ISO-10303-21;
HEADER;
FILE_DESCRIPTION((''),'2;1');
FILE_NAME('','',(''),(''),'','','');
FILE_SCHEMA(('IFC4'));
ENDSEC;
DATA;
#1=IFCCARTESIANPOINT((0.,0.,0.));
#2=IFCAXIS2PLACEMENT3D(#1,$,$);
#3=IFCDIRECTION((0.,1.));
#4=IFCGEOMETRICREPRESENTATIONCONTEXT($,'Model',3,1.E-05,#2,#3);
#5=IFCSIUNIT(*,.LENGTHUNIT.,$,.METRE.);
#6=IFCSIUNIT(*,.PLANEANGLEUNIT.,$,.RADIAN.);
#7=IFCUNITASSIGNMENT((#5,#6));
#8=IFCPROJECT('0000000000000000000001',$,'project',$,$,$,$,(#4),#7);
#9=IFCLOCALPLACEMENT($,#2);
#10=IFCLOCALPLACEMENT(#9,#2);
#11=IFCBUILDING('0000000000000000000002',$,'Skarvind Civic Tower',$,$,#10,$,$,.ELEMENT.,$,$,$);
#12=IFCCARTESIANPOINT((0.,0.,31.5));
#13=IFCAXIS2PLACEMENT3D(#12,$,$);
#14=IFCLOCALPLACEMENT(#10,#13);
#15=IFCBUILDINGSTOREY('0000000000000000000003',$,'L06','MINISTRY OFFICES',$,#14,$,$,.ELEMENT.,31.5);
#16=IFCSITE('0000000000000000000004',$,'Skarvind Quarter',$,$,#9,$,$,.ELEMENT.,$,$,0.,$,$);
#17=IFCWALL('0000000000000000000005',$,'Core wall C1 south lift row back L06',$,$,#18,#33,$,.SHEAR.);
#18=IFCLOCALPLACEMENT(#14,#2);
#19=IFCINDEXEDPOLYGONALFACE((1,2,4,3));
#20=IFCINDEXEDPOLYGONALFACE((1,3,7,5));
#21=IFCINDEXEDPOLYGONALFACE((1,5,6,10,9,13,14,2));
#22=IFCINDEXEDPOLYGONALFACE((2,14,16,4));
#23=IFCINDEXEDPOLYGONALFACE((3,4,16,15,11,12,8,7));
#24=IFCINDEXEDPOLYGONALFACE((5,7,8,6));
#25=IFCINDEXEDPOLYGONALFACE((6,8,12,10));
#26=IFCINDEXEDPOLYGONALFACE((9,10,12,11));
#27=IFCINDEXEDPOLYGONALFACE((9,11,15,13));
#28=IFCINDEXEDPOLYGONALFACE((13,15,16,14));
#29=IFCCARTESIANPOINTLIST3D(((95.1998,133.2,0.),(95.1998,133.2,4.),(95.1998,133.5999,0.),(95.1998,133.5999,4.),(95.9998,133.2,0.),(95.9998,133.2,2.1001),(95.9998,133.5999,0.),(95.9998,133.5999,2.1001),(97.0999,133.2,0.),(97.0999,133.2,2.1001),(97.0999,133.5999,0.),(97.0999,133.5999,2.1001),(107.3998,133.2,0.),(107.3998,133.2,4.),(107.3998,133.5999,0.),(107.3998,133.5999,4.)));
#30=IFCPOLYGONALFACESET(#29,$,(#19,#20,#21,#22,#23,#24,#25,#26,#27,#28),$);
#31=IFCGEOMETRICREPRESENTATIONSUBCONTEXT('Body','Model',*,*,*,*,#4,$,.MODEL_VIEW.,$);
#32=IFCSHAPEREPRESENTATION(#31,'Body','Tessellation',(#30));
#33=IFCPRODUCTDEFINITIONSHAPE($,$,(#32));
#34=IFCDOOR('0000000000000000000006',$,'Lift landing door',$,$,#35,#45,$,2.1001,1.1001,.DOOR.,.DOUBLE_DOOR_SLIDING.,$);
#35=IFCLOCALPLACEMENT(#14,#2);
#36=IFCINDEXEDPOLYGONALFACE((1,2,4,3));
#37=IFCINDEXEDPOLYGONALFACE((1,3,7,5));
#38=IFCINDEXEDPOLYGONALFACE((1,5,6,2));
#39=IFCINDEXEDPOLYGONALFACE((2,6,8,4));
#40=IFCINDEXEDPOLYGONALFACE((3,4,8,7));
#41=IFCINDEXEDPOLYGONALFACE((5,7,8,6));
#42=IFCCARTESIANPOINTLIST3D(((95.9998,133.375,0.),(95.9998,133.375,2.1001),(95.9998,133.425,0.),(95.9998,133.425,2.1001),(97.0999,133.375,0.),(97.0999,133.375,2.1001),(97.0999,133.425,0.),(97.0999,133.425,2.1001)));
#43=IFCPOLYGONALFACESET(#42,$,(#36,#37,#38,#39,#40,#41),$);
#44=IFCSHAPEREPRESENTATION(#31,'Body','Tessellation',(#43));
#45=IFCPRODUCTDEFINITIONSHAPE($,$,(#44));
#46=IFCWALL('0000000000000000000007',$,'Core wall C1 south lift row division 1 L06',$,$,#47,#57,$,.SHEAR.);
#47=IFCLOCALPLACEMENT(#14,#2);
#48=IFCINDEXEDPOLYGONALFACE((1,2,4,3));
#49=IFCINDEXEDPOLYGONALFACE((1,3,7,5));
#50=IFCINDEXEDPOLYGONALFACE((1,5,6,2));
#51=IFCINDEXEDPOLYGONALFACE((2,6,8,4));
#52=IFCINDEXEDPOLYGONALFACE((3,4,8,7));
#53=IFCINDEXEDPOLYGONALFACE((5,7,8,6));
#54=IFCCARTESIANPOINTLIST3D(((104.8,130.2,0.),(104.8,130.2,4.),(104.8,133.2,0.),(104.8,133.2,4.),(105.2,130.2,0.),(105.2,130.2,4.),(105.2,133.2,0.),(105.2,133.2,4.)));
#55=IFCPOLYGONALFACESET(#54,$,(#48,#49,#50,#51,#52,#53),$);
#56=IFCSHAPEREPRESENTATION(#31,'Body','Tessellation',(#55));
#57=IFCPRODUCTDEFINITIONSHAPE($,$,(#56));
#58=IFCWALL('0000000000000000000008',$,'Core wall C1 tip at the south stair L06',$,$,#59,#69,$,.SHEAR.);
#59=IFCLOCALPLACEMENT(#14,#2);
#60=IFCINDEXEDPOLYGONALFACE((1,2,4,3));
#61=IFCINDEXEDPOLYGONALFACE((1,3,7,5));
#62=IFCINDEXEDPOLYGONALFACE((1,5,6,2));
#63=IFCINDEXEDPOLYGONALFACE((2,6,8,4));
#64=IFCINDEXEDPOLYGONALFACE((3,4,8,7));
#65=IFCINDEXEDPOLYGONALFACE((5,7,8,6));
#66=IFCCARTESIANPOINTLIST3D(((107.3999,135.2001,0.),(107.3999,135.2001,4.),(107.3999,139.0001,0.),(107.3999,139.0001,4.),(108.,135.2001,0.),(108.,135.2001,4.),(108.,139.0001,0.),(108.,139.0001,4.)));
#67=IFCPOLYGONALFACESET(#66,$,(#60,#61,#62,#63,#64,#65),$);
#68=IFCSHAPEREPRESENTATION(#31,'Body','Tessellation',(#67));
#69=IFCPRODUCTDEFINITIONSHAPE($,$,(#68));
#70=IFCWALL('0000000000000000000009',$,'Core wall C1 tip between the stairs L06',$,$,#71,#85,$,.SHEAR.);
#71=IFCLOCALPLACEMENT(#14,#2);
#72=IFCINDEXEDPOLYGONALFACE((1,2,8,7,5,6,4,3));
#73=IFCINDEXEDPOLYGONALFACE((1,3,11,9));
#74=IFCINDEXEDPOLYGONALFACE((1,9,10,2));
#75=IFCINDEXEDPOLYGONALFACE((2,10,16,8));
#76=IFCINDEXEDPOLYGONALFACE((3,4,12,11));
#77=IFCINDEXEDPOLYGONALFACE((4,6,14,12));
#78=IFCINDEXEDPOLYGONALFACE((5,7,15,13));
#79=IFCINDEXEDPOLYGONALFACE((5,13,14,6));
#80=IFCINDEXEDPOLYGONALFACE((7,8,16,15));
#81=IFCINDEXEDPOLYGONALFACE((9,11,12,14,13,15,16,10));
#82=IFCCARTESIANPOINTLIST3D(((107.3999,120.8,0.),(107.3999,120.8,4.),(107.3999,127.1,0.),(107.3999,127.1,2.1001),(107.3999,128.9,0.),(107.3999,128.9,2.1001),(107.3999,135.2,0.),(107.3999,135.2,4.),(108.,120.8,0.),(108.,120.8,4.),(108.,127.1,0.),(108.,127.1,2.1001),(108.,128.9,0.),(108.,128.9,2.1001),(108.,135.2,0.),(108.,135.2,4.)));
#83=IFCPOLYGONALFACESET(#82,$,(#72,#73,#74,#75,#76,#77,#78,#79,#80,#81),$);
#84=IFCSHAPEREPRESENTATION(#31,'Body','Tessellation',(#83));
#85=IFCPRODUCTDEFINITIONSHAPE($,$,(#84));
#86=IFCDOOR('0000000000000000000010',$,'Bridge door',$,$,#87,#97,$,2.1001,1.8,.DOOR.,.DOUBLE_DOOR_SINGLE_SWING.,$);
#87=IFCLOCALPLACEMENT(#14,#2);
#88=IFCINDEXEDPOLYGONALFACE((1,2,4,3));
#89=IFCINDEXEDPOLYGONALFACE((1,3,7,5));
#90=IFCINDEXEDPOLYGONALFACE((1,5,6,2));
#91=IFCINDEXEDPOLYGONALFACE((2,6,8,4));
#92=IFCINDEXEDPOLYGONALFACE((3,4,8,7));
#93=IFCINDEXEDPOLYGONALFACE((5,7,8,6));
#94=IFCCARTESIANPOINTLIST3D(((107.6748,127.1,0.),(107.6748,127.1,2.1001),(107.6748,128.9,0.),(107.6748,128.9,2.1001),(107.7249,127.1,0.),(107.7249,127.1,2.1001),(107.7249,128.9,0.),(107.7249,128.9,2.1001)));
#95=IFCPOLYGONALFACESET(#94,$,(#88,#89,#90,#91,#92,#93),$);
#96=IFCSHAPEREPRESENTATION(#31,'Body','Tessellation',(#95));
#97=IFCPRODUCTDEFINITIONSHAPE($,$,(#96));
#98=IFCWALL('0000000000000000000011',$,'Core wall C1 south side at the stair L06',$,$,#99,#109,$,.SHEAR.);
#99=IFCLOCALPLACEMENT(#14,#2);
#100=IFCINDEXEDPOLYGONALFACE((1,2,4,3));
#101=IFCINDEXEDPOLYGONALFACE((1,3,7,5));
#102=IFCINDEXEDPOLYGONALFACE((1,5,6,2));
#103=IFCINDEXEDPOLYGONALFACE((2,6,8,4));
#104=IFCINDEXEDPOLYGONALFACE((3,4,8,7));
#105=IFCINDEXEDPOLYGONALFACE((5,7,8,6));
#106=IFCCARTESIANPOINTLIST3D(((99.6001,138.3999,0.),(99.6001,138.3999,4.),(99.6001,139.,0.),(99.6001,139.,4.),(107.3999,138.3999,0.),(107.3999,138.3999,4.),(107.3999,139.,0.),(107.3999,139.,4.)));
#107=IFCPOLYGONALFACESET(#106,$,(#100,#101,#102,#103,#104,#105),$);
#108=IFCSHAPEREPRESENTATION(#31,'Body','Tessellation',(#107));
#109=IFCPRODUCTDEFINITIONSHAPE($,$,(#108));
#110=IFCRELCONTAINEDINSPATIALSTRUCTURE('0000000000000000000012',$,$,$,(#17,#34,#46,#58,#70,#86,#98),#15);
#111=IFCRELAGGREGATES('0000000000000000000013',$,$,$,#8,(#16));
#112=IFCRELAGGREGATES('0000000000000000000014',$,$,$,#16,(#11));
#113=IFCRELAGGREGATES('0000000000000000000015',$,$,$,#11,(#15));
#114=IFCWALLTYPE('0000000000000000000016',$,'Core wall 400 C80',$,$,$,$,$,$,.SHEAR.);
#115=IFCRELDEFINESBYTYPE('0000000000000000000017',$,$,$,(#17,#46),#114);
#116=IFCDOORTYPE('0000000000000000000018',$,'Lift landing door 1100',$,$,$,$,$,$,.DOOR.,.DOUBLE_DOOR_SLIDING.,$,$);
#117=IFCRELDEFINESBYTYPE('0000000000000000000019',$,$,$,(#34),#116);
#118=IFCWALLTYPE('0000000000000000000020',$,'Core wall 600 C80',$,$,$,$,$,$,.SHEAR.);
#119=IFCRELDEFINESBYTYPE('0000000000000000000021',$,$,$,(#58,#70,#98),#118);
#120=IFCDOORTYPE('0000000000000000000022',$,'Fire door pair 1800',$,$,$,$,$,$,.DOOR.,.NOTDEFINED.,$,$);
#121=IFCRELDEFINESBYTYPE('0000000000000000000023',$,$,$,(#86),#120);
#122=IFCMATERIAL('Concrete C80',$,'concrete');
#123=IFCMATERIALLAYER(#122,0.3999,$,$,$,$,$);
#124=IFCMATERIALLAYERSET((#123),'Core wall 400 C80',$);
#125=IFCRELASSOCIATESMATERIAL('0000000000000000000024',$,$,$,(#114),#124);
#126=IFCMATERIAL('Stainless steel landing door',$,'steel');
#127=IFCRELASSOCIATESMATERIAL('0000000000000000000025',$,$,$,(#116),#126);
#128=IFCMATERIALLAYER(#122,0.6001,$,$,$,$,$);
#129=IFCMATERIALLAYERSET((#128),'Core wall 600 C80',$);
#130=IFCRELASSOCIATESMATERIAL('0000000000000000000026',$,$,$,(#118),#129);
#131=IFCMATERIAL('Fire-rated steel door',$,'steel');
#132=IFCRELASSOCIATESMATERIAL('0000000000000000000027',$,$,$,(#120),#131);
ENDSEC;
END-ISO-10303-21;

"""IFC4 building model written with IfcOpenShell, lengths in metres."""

from ifc_helpers import new_model, si_unit, direction, frame, frame_2d, origin, place, context, subcontext, project, spatial, rectangle, extrude, material, layer, layer_set, type_object, element, fill, save


model = new_model("IFC4")

# Units and contexts
model_context = context("Model", 3, precision=1e-05, world=origin(), true_north=direction((0.0, 1.0)))
body_context = subcontext(model_context, "Body", "Model", "MODEL_VIEW")
ifc_project = project(units=[si_unit("LENGTHUNIT", "METRE"), si_unit("PLANEANGLEUNIT", "RADIAN")], contexts=[model_context])

# Site, building, storey
site_placement = place(None, origin())
site = spatial("IfcSite", under=ifc_project, at=site_placement, Name="Skarvind Quarter", CompositionType="ELEMENT", RefElevation=0.0)
building_placement = place(site_placement, origin())
building = spatial("IfcBuilding", under=site, at=building_placement, Name="Skarvind Civic Tower", CompositionType="ELEMENT")
storey_placement = place(building_placement, frame((0.0, 0.0, 31.5)))
storey = spatial("IfcBuildingStorey", under=building, at=storey_placement, Name="L06", Description="MINISTRY OFFICES", CompositionType="ELEMENT", Elevation=31.5)

# Shared definitions
ifc_material_1 = material(Name="Concrete C80", Category="concrete")
ifc_layer_1 = layer(ifc_material_1, 0.3999)
ifc_layer_set_1 = layer_set([ifc_layer_1], Name="Core wall 400 C80")
wall_type_1 = type_object("IfcWallType", Name="Core wall 400 C80", PredefinedType="SHEAR", material=ifc_layer_set_1)

# Shared definitions
ifc_material_2 = material(Name="Stainless steel landing door", Category="steel")
door_type_1 = type_object("IfcDoorType", Name="Lift landing door 1100", OperationType="DOUBLE_DOOR_SLIDING", PredefinedType="DOOR", material=ifc_material_2)

# Wall, opening, door
wall_1_placement = place(storey_placement, frame((107.3999, 133.3999, 0.0), z_axis=(0.0, 0.0, 1.0), x_axis=(-1.0, 0.0, 0.0)))
wall_1 = element("IfcWall", 1, at=wall_1_placement, inside=storey, type_object=wall_type_1, Name="Core wall C1 south lift row back L06", PredefinedType="SHEAR", context=body_context, shape_type="SweptSolid", body=[
    extrude(rectangle(XDim=12.2, YDim=0.3999, at=frame_2d((6.1001, 0.0))), origin(), (0.0, 0.0, 1.0), 4.0),
])
opening_1_placement = place(wall_1_placement, frame((10.3, 0.0, 0.0)))
opening_1 = element("IfcOpeningElement", 2, at=opening_1_placement, cuts=wall_1, PredefinedType="OPENING", context=body_context, shape_type="SweptSolid", body=[
    extrude(rectangle(XDim=1.1001, YDim=2.1001, at=frame_2d((0.55, 1.05))), frame((0.0, 0.21, 0.0), z_axis=(0.0, -1.0, 0.0), x_axis=(1.0, 0.0, 0.0)), (0.0, 0.0, 1.0), 0.4199),
])
door_1_placement = place(opening_1_placement, origin())
door_1 = element("IfcDoor", 3, at=door_1_placement, inside=storey, type_object=door_type_1, Name="Lift landing door", OperationType="DOUBLE_DOOR_SLIDING", OverallHeight=2.1001, OverallWidth=1.1001, PredefinedType="DOOR", context=body_context, shape_type="SweptSolid", body=[
    extrude(rectangle(XDim=1.1001, YDim=2.1001, at=frame_2d((0.55, 1.05))), frame((0.0, 0.0249, 0.0), z_axis=(0.0, -1.0, 0.0), x_axis=(1.0, 0.0, 0.0)), (0.0, 0.0, 1.0), 0.05),
])
fill(opening_1, door_1)

# Walls
wall_2_placement = place(storey_placement, frame((105.0, 133.2, 0.0), z_axis=(0.0, 0.0, 1.0), x_axis=(0.0, -1.0, 0.0)))
element("IfcWall", 4, at=wall_2_placement, inside=storey, type_object=wall_type_1, Name="Core wall C1 south lift row division 1 L06", PredefinedType="SHEAR", context=body_context, shape_type="SweptSolid", body=[
    extrude(rectangle(XDim=3.0, YDim=0.3999, at=frame_2d((1.5, 0.0))), origin(), (0.0, 0.0, 1.0), 4.0),
])
ifc_layer_2 = layer(ifc_material_1, 0.6001)
ifc_layer_set_2 = layer_set([ifc_layer_2], Name="Core wall 600 C80")
wall_type_2 = type_object("IfcWallType", Name="Core wall 600 C80", PredefinedType="SHEAR", material=ifc_layer_set_2)
wall_3_placement = place(storey_placement, frame((107.7, 139.0, 0.0), z_axis=(0.0, 0.0, 1.0), x_axis=(0.0, -1.0, 0.0)))
element("IfcWall", 5, at=wall_3_placement, inside=storey, type_object=wall_type_2, Name="Core wall C1 tip at the south stair L06", PredefinedType="SHEAR", context=body_context, shape_type="SweptSolid", body=[
    extrude(rectangle(XDim=3.8, YDim=0.6001, at=frame_2d((1.8999, 0.0))), origin(), (0.0, 0.0, 1.0), 4.0),
])

# Wall, opening, door
wall_4_placement = place(storey_placement, frame((107.7, 135.2, 0.0), z_axis=(0.0, 0.0, 1.0), x_axis=(0.0, -1.0, 0.0)))
wall_4 = element("IfcWall", 6, at=wall_4_placement, inside=storey, type_object=wall_type_2, Name="Core wall C1 tip between the stairs L06", PredefinedType="SHEAR", context=body_context, shape_type="SweptSolid", body=[
    extrude(rectangle(XDim=14.3999, YDim=0.6001, at=frame_2d((7.2, 0.0))), origin(), (0.0, 0.0, 1.0), 4.0),
])
opening_2_placement = place(wall_4_placement, frame((6.3, 0.0, 0.0)))
opening_2 = element("IfcOpeningElement", 7, at=opening_2_placement, cuts=wall_4, PredefinedType="OPENING", context=body_context, shape_type="SweptSolid", body=[
    extrude(rectangle(XDim=1.8, YDim=2.1001, at=frame_2d((0.8999, 1.05))), frame((0.0, 0.3101, 0.0), z_axis=(0.0, -1.0, 0.0), x_axis=(1.0, 0.0, 0.0)), (0.0, 0.0, 1.0), 0.6201),
])
ifc_material_3 = material(Name="Fire-rated steel door", Category="steel")
door_type_2 = type_object("IfcDoorType", Name="Fire door pair 1800", OperationType="NOTDEFINED", PredefinedType="DOOR", material=ifc_material_3)
door_2_placement = place(opening_2_placement, origin())
door_2 = element("IfcDoor", 8, at=door_2_placement, inside=storey, type_object=door_type_2, Name="Bridge door", OperationType="DOUBLE_DOOR_SINGLE_SWING", OverallHeight=2.1001, OverallWidth=1.8, PredefinedType="DOOR", context=body_context, shape_type="SweptSolid", body=[
    extrude(rectangle(XDim=1.8, YDim=2.1001, at=frame_2d((0.8999, 1.05))), frame((0.0, 0.0249, 0.0), z_axis=(0.0, -1.0, 0.0), x_axis=(1.0, 0.0, 0.0)), (0.0, 0.0, 1.0), 0.05),
])
fill(opening_2, door_2)

# Wall
wall_5_placement = place(storey_placement, frame((107.3999, 138.7, 0.0), z_axis=(0.0, 0.0, 1.0), x_axis=(-1.0, 0.0, 0.0)))
element("IfcWall", 9, at=wall_5_placement, inside=storey, type_object=wall_type_2, Name="Core wall C1 south side at the stair L06", PredefinedType="SHEAR", context=body_context, shape_type="SweptSolid", body=[
    extrude(rectangle(XDim=7.7998, YDim=0.6001, at=frame_2d((3.8999, 0.0))), origin(), (0.0, 0.0, 1.0), 4.0),
])

save(model, "model.ifc")
